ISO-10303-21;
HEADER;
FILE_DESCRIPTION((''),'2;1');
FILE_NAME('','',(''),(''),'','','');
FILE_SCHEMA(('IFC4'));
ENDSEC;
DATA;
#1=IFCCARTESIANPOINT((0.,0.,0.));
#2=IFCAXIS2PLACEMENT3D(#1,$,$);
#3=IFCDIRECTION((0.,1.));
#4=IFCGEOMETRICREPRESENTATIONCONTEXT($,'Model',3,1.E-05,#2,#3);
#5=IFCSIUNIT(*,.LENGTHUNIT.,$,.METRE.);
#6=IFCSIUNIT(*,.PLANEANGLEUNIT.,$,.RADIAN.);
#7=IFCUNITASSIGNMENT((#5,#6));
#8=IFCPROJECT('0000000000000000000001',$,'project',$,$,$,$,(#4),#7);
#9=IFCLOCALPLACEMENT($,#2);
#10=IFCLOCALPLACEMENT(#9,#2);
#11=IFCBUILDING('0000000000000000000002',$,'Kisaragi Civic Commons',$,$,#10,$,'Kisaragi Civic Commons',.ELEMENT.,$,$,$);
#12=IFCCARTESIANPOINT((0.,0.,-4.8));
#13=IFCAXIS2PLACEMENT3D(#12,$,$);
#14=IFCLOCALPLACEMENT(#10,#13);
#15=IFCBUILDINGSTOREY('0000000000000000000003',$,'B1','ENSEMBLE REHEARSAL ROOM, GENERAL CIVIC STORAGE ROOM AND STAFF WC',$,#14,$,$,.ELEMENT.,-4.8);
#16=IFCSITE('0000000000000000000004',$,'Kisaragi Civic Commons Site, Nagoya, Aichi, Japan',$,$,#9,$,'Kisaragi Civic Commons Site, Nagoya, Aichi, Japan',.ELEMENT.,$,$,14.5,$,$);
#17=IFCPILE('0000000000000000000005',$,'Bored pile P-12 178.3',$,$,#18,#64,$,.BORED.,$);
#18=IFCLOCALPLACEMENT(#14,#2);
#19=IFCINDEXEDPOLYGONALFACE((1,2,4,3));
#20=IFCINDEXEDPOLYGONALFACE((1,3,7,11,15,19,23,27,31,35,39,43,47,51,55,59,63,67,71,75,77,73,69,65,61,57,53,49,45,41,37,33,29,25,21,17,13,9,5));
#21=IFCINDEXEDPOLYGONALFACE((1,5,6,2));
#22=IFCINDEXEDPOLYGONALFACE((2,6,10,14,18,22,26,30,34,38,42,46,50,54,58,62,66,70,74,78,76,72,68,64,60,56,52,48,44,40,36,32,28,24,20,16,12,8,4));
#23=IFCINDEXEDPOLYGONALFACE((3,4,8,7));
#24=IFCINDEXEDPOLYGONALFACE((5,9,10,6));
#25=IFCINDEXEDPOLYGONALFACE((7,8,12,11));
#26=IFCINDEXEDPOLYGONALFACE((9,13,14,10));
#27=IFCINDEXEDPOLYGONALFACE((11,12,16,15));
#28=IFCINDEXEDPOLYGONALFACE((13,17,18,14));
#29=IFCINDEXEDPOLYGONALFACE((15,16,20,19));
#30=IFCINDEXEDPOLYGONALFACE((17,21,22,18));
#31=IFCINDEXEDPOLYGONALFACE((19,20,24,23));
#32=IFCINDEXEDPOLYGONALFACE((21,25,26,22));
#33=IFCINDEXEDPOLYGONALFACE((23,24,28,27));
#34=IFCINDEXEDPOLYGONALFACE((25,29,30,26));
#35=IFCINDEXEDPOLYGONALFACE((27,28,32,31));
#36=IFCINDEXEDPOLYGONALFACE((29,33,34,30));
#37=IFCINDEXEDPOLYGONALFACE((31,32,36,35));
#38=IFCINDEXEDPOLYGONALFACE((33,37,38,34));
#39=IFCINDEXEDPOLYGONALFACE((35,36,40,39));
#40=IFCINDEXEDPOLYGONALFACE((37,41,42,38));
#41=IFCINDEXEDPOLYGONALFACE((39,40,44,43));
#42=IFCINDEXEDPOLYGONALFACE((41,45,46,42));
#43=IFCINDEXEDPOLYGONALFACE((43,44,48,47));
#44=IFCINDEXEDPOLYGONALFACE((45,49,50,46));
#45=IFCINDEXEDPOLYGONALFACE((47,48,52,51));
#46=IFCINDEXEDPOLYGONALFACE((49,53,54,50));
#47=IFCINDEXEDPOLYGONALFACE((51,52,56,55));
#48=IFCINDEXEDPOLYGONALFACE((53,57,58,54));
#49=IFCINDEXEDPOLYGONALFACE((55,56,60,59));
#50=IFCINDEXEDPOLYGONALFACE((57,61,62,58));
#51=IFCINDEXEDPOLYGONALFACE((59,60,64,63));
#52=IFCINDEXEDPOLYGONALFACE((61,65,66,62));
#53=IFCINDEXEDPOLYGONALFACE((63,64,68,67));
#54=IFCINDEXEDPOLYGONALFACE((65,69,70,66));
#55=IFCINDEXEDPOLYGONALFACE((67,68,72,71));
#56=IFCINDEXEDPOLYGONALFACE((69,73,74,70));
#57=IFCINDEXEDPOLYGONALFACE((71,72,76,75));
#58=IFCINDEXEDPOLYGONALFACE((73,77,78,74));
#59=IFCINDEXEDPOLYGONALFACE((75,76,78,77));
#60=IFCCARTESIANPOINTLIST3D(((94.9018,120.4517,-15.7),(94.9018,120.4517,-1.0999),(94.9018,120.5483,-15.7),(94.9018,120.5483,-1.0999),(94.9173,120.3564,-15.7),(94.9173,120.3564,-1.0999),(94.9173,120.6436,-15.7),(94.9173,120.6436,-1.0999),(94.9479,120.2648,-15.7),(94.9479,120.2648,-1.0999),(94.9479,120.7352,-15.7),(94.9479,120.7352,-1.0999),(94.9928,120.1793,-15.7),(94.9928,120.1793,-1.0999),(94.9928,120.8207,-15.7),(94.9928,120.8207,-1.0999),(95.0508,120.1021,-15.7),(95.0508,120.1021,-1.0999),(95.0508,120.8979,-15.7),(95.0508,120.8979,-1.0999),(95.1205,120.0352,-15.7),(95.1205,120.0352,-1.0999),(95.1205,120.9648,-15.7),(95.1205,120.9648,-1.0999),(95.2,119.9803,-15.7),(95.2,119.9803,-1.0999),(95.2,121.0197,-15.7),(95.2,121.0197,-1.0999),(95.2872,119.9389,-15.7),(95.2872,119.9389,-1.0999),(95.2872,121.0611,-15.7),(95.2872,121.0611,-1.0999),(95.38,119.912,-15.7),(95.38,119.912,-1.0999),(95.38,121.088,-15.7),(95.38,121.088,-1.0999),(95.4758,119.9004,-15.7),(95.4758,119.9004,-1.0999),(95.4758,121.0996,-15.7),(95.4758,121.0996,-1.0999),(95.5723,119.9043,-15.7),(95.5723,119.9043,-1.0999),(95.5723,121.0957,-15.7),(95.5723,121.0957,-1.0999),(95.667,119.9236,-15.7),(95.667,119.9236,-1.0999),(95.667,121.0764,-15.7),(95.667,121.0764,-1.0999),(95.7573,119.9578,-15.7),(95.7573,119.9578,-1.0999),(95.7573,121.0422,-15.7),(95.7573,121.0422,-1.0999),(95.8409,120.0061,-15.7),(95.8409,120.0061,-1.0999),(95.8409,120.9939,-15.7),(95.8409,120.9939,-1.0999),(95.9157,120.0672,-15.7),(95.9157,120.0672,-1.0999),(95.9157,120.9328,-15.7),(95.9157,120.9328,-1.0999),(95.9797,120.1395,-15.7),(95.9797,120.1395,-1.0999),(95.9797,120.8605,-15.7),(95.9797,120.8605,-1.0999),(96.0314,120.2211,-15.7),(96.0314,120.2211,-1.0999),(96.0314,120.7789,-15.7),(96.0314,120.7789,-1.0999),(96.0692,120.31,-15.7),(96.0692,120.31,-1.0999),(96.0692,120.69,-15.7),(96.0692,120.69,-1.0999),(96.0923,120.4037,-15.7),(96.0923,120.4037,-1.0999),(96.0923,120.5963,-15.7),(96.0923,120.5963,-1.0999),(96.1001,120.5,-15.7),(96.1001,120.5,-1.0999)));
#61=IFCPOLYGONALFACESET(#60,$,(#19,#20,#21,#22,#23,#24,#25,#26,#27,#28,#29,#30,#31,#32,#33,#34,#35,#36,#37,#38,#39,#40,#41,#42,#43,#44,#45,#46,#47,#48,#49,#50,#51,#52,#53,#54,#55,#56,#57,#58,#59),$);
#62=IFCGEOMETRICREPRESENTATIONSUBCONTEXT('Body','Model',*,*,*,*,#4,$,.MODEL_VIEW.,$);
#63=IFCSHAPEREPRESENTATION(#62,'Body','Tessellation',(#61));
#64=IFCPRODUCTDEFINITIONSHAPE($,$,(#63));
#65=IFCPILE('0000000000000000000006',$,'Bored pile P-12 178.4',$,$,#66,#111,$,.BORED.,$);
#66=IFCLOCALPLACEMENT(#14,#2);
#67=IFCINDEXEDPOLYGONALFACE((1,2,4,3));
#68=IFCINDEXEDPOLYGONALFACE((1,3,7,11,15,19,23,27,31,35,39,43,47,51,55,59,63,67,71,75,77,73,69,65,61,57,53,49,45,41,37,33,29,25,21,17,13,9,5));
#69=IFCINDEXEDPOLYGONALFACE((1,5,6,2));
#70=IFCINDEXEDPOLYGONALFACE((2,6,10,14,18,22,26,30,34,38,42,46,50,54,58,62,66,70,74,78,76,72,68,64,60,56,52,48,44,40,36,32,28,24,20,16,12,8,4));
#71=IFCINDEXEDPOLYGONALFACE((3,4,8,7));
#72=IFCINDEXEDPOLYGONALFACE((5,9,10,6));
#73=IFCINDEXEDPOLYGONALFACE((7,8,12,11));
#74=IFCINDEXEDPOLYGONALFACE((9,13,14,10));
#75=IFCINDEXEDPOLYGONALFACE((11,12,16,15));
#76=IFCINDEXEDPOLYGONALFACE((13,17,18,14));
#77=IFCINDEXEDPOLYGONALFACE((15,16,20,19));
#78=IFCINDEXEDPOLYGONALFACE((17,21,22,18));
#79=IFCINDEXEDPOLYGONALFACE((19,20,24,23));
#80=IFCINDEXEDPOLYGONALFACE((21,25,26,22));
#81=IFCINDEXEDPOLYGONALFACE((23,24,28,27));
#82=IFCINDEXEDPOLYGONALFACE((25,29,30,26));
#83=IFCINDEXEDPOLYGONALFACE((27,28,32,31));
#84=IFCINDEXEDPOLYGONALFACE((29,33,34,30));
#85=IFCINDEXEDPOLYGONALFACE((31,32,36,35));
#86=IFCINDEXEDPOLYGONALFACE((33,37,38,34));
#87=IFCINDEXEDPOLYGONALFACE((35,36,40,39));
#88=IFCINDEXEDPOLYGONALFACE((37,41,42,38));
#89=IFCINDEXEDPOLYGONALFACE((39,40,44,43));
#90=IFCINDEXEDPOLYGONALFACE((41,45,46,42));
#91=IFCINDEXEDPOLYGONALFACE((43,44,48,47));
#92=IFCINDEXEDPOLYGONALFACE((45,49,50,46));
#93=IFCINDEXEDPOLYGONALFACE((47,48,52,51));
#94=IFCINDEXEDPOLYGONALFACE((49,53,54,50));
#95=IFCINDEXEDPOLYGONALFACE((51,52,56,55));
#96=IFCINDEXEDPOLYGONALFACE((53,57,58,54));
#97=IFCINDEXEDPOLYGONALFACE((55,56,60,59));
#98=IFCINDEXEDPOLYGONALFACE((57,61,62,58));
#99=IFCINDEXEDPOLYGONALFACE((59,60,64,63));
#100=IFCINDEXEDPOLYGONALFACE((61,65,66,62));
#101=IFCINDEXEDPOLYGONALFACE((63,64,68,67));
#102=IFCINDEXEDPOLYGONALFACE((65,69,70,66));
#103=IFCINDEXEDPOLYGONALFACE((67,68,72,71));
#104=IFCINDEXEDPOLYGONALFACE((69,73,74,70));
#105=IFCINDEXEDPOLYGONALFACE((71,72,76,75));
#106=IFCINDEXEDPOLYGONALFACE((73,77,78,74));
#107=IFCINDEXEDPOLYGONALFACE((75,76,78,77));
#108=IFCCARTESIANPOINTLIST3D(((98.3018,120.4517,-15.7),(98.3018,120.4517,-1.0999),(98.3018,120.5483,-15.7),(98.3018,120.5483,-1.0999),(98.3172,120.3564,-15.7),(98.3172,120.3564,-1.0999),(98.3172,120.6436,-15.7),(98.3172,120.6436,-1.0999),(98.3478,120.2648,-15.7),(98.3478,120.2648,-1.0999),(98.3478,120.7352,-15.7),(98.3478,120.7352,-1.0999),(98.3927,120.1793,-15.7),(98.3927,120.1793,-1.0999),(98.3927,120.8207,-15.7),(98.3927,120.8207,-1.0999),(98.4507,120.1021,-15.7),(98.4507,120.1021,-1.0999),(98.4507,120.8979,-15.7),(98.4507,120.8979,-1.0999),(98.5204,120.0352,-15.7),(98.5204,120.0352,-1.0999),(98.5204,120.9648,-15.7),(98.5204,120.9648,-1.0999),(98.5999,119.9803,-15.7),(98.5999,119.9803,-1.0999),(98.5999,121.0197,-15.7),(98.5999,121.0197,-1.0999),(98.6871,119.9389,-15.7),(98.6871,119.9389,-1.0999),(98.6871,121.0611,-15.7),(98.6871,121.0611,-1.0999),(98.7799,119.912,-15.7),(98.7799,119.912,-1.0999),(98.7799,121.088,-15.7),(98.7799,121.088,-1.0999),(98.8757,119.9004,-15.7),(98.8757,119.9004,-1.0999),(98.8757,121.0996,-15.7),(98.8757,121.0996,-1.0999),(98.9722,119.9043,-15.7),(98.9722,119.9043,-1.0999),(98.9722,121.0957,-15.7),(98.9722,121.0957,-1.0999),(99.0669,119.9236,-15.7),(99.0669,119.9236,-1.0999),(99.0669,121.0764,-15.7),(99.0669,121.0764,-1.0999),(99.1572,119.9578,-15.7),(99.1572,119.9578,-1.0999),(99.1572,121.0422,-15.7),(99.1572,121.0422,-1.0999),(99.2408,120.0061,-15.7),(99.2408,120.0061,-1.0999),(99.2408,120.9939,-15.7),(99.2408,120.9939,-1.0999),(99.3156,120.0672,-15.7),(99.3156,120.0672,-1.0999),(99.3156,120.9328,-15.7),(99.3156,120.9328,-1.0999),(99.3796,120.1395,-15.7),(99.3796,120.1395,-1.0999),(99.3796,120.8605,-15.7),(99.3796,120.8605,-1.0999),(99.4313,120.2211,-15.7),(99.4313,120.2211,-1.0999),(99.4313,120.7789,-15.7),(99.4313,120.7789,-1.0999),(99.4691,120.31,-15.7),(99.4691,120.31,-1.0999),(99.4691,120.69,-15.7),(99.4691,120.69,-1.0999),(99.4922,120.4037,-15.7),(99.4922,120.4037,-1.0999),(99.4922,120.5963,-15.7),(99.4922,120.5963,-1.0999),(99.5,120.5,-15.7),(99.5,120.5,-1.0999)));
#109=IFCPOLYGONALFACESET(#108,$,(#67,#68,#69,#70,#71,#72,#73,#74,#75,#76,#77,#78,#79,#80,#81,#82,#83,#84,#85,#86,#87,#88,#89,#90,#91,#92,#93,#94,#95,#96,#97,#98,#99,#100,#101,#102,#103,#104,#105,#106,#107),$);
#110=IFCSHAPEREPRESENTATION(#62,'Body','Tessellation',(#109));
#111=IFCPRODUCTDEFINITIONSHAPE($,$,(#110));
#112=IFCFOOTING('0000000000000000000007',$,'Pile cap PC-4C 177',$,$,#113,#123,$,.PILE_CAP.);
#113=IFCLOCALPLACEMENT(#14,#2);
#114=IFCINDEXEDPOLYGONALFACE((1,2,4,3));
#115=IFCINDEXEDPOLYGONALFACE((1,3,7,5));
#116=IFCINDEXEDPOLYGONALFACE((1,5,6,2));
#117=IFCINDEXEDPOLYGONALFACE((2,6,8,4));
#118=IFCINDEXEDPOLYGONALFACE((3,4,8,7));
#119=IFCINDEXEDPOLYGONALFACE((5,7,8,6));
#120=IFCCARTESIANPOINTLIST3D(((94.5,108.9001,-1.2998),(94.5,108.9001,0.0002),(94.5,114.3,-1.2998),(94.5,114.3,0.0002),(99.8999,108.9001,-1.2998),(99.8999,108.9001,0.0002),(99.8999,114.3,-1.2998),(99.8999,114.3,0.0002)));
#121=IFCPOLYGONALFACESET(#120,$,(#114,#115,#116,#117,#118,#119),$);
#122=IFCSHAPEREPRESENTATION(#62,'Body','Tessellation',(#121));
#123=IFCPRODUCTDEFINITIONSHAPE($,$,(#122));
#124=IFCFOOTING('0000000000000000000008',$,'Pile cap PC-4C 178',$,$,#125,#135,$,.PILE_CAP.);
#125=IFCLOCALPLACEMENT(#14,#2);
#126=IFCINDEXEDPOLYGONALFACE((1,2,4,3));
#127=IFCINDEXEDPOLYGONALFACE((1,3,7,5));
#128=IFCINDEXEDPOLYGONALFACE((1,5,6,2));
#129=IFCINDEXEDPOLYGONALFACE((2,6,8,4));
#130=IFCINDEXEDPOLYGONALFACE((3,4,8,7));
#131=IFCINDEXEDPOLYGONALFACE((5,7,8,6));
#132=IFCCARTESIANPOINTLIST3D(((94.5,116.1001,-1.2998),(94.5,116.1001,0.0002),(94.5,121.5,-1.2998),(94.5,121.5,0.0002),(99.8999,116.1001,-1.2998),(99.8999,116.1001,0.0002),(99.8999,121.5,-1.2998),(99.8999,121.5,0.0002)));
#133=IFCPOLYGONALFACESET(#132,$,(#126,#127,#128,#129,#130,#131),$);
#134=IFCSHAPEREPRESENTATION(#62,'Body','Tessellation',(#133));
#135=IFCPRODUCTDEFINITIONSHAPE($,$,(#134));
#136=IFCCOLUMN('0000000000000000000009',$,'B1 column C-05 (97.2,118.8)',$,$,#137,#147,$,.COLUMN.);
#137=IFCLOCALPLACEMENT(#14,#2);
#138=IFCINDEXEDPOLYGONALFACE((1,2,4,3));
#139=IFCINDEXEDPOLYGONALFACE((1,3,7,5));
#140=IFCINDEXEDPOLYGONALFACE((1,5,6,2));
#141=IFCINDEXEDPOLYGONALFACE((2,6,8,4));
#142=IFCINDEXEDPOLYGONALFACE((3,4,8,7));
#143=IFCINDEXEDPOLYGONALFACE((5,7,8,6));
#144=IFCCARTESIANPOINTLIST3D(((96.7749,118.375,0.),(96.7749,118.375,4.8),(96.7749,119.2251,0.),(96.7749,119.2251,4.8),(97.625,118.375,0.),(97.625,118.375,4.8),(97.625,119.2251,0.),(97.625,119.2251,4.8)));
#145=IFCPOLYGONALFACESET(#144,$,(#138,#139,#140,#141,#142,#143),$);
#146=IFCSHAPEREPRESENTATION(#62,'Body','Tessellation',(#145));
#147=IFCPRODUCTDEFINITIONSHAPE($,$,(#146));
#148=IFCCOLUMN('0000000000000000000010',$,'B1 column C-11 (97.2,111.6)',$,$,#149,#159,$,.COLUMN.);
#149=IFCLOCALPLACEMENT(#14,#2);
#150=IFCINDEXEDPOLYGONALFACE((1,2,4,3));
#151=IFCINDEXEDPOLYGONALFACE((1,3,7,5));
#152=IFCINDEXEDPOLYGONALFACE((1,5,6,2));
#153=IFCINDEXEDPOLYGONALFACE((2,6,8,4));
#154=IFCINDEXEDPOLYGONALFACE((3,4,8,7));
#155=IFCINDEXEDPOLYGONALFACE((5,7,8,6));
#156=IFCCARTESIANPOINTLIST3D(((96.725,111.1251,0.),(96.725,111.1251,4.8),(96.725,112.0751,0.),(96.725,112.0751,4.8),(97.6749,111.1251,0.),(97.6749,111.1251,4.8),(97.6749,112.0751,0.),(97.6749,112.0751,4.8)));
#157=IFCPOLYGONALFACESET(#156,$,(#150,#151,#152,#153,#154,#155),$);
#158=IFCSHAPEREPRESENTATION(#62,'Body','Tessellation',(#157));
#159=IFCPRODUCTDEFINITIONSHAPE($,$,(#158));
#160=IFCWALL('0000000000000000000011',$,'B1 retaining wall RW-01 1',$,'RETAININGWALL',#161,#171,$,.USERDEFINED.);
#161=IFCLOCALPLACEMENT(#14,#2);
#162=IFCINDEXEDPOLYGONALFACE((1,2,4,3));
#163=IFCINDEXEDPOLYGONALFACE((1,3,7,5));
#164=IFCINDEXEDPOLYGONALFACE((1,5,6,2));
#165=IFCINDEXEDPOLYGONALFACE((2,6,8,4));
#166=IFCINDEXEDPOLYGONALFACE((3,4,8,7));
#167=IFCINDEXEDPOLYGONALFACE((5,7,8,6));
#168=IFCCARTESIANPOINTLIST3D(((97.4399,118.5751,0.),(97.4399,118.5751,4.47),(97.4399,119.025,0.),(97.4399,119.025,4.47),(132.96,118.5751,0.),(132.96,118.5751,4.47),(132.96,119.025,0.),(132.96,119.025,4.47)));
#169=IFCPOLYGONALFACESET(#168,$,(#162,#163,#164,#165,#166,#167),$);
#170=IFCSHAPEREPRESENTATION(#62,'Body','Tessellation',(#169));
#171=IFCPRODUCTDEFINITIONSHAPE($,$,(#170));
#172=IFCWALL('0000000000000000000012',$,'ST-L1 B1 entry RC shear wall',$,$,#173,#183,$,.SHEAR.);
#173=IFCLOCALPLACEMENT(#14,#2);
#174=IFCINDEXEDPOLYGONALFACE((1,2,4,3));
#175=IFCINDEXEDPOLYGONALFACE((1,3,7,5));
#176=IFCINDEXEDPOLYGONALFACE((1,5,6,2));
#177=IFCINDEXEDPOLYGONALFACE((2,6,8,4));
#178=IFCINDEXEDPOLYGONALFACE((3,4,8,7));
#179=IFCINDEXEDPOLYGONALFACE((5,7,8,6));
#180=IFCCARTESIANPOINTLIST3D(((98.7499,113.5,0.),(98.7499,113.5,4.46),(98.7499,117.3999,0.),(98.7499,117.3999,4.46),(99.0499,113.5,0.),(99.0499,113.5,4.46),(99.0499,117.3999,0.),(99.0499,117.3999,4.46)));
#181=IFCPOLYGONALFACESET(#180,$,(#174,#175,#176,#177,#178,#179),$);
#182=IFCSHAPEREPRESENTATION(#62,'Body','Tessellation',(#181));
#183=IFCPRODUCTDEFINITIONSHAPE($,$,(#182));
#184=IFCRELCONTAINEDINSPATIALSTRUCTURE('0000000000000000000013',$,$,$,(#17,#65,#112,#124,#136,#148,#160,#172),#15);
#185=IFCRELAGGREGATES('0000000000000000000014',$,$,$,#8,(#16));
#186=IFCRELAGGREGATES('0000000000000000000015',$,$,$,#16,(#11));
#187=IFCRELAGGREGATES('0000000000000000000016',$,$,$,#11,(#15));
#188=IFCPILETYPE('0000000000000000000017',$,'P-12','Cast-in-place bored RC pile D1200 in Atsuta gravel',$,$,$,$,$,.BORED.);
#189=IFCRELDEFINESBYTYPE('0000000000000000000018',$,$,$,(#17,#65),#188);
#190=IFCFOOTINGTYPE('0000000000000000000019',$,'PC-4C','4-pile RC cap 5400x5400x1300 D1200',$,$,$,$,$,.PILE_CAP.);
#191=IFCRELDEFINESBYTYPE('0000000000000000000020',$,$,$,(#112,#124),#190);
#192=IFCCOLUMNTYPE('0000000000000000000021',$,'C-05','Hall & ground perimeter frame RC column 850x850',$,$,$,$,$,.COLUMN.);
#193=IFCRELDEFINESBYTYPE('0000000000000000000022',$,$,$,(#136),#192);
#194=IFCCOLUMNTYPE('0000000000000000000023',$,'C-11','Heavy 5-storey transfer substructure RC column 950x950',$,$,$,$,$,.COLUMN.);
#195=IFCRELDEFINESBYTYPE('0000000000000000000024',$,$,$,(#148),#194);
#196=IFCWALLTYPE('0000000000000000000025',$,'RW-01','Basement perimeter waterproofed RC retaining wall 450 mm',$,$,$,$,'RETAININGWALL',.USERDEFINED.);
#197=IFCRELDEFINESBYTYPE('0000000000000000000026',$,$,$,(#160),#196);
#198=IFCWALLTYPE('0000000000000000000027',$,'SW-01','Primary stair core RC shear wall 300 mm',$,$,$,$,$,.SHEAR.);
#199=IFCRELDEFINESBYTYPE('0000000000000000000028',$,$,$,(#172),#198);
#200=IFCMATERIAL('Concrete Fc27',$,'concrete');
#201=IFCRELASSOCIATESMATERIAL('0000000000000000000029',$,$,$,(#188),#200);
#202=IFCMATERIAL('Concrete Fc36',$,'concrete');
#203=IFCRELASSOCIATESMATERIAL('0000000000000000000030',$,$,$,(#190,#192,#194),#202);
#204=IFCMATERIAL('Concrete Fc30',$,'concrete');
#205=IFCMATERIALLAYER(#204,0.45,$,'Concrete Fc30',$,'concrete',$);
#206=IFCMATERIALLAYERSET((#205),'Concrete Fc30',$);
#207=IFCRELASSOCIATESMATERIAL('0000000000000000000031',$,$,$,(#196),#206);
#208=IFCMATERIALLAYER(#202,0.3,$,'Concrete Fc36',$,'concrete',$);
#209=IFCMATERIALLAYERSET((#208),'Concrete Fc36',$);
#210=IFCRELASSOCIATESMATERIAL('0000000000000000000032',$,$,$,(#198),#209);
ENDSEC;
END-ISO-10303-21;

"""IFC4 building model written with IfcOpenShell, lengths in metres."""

from ifc_helpers import new_model, si_unit, direction, frame, frame_2d, origin, origin_2d, place, context, subcontext, project, spatial, rectangle, circle, extrude, material, layer, layer_set, material_profile, profile_set, type_object, element, save


model = new_model("IFC4")

# Units and contexts
model_context = context("Model", 3, precision=1e-05, world=origin(), true_north=direction((0.0, 1.0)))
body_context = subcontext(model_context, "Body", "Model", "MODEL_VIEW")
ifc_project = project(units=[si_unit("LENGTHUNIT", "METRE"), si_unit("PLANEANGLEUNIT", "RADIAN")], contexts=[model_context])

# Site, building, storey
site_placement = place(None, origin())
site = spatial("IfcSite", under=ifc_project, at=site_placement, Name="Kisaragi Civic Commons Site, Nagoya, Aichi, Japan", LongName="Kisaragi Civic Commons Site, Nagoya, Aichi, Japan", CompositionType="ELEMENT", RefElevation=14.5)
building_placement = place(site_placement, origin())
building = spatial("IfcBuilding", under=site, at=building_placement, Name="Kisaragi Civic Commons", LongName="Kisaragi Civic Commons", CompositionType="ELEMENT")
storey_placement = place(building_placement, frame((0.0, 0.0, -4.8)))
storey = spatial("IfcBuildingStorey", under=building, at=storey_placement, Name="B1", Description="ENSEMBLE REHEARSAL ROOM, GENERAL CIVIC STORAGE ROOM AND STAFF WC", CompositionType="ELEMENT", Elevation=-4.8)

# Shared definitions
ifc_material_1 = material(Name="Concrete Fc27", Category="concrete")

# Piles
ifc_material_profile_1 = material_profile(ifc_material_1, circle(Radius=0.6001, at=origin_2d()), Name="PILE-D1200", Category="concrete")
ifc_profile_set_1 = profile_set([ifc_material_profile_1], Name="Concrete Fc27")
pile_type = type_object("IfcPileType", Name="P-12", Description="Cast-in-place bored RC pile D1200 in Atsuta gravel", PredefinedType="BORED", material=ifc_profile_set_1)
for number, where, z_axis, x_axis, name in (
    (1, (95.5, 120.5, -1.0999), (0.0, 0.0, -1.0), (1.0, 0.0, 0.0), "Bored pile P-12 178.3"),
    (2, (98.8999, 120.5, -1.0999), (0.0, 0.0, -1.0), (1.0, 0.0, 0.0), "Bored pile P-12 178.4"),
):
    element("IfcPile", number, at=place(storey_placement, frame(where, z_axis=z_axis, x_axis=x_axis)), inside=storey, type_object=pile_type, Name=name, PredefinedType="BORED", context=body_context, shape_type="SweptSolid", body=[
        extrude(circle(Radius=0.6001, at=origin_2d()), origin(), (0.0, 0.0, 1.0), 14.6001),
    ])

# Footings
ifc_material_2 = material(Name="Concrete Fc36", Category="concrete")
footing_type_1 = type_object("IfcFootingType", Name="PC-4C", Description="4-pile RC cap 5400x5400x1300 D1200", PredefinedType="PILE_CAP", material=ifc_material_2)
for number, where, z_axis, x_axis, name in (
    (3, (97.2, 111.6001, -1.2998), (0.0, 0.0, 1.0), (1.0, 0.0, 0.0), "Pile cap PC-4C 177"),
    (4, (97.2, 118.8, -1.2998), (0.0, 0.0, 1.0), (1.0, 0.0, 0.0), "Pile cap PC-4C 178"),
):
    element("IfcFooting", number, at=place(storey_placement, frame(where, z_axis=z_axis, x_axis=x_axis)), inside=storey, type_object=footing_type_1, Name=name, PredefinedType="PILE_CAP", context=body_context, shape_type="SweptSolid", body=[
        extrude(rectangle(XDim=5.3999, YDim=5.3999, at=origin_2d()), origin(), (0.0, 0.0, 1.0), 1.3),
    ])

# Columns
ifc_material_profile_2 = material_profile(ifc_material_2, rectangle(XDim=0.8501, YDim=0.8501, at=origin_2d()), Name="RC-850x850", Category="concrete")
ifc_profile_set_2 = profile_set([ifc_material_profile_2], Name="Concrete Fc36")
column_type_1 = type_object("IfcColumnType", Name="C-05", Description="Hall & ground perimeter frame RC column 850x850", PredefinedType="COLUMN", material=ifc_profile_set_2)
column_1_placement = place(storey_placement, frame((97.2, 118.8, 0.0), z_axis=(0.0, 0.0, 1.0), x_axis=(1.0, 0.0, 0.0)))
element("IfcColumn", 5, at=column_1_placement, inside=storey, type_object=column_type_1, Name="B1 column C-05 (97.2,118.8)", PredefinedType="COLUMN", context=body_context, shape_type="SweptSolid", body=[
    extrude(rectangle(XDim=0.8501, YDim=0.8501, at=origin_2d()), origin(), (0.0, 0.0, 1.0), 4.8),
])
ifc_material_profile_3 = material_profile(ifc_material_2, rectangle(XDim=0.95, YDim=0.95, at=origin_2d()), Name="RC-950x950", Category="concrete")
ifc_profile_set_3 = profile_set([ifc_material_profile_3], Name="Concrete Fc36")
column_type_2 = type_object("IfcColumnType", Name="C-11", Description="Heavy 5-storey transfer substructure RC column 950x950", PredefinedType="COLUMN", material=ifc_profile_set_3)
column_2_placement = place(storey_placement, frame((97.2, 111.6001, 0.0), z_axis=(0.0, 0.0, 1.0), x_axis=(1.0, 0.0, 0.0)))
element("IfcColumn", 6, at=column_2_placement, inside=storey, type_object=column_type_2, Name="B1 column C-11 (97.2,111.6)", PredefinedType="COLUMN", context=body_context, shape_type="SweptSolid", body=[
    extrude(rectangle(XDim=0.95, YDim=0.95, at=origin_2d()), origin(), (0.0, 0.0, 1.0), 4.8),
])

# Walls
ifc_material_3 = material(Name="Concrete Fc30", Category="concrete")
ifc_layer_1 = layer(ifc_material_3, 0.45, Name="Concrete Fc30", Category="concrete")
ifc_layer_set_1 = layer_set([ifc_layer_1], Name="Concrete Fc30")
wall_type_1 = type_object("IfcWallType", Name="RW-01", Description="Basement perimeter waterproofed RC retaining wall 450 mm", ElementType="RETAININGWALL", PredefinedType="USERDEFINED", material=ifc_layer_set_1)
wall_1_placement = place(storey_placement, frame((97.4399, 118.8, 0.0), z_axis=(0.0, 0.0, 1.0), x_axis=(1.0, 0.0, 0.0)))
element("IfcWall", 7, at=wall_1_placement, inside=storey, type_object=wall_type_1, Name="B1 retaining wall RW-01 1", ObjectType="RETAININGWALL", PredefinedType="USERDEFINED", context=body_context, shape_type="SweptSolid", body=[
    extrude(rectangle(XDim=35.52, YDim=0.45, at=frame_2d((17.76, 0.0))), origin(), (0.0, 0.0, 1.0), 4.47),
])
ifc_layer_2 = layer(ifc_material_2, 0.3, Name="Concrete Fc36", Category="concrete")
ifc_layer_set_2 = layer_set([ifc_layer_2], Name="Concrete Fc36")
wall_type_2 = type_object("IfcWallType", Name="SW-01", Description="Primary stair core RC shear wall 300 mm", PredefinedType="SHEAR", material=ifc_layer_set_2)
wall_2_placement = place(storey_placement, frame((98.8999, 117.3999, 0.0), z_axis=(0.0, 0.0, 1.0), x_axis=(0.0, -1.0, 0.0)))
element("IfcWall", 8, at=wall_2_placement, inside=storey, type_object=wall_type_2, Name="ST-L1 B1 entry RC shear wall", PredefinedType="SHEAR", context=body_context, shape_type="SweptSolid", body=[
    extrude(rectangle(XDim=3.8999, YDim=0.3, at=frame_2d((1.95, 0.0))), origin(), (0.0, 0.0, 1.0), 4.46),
])

save(model, "model.ifc")
